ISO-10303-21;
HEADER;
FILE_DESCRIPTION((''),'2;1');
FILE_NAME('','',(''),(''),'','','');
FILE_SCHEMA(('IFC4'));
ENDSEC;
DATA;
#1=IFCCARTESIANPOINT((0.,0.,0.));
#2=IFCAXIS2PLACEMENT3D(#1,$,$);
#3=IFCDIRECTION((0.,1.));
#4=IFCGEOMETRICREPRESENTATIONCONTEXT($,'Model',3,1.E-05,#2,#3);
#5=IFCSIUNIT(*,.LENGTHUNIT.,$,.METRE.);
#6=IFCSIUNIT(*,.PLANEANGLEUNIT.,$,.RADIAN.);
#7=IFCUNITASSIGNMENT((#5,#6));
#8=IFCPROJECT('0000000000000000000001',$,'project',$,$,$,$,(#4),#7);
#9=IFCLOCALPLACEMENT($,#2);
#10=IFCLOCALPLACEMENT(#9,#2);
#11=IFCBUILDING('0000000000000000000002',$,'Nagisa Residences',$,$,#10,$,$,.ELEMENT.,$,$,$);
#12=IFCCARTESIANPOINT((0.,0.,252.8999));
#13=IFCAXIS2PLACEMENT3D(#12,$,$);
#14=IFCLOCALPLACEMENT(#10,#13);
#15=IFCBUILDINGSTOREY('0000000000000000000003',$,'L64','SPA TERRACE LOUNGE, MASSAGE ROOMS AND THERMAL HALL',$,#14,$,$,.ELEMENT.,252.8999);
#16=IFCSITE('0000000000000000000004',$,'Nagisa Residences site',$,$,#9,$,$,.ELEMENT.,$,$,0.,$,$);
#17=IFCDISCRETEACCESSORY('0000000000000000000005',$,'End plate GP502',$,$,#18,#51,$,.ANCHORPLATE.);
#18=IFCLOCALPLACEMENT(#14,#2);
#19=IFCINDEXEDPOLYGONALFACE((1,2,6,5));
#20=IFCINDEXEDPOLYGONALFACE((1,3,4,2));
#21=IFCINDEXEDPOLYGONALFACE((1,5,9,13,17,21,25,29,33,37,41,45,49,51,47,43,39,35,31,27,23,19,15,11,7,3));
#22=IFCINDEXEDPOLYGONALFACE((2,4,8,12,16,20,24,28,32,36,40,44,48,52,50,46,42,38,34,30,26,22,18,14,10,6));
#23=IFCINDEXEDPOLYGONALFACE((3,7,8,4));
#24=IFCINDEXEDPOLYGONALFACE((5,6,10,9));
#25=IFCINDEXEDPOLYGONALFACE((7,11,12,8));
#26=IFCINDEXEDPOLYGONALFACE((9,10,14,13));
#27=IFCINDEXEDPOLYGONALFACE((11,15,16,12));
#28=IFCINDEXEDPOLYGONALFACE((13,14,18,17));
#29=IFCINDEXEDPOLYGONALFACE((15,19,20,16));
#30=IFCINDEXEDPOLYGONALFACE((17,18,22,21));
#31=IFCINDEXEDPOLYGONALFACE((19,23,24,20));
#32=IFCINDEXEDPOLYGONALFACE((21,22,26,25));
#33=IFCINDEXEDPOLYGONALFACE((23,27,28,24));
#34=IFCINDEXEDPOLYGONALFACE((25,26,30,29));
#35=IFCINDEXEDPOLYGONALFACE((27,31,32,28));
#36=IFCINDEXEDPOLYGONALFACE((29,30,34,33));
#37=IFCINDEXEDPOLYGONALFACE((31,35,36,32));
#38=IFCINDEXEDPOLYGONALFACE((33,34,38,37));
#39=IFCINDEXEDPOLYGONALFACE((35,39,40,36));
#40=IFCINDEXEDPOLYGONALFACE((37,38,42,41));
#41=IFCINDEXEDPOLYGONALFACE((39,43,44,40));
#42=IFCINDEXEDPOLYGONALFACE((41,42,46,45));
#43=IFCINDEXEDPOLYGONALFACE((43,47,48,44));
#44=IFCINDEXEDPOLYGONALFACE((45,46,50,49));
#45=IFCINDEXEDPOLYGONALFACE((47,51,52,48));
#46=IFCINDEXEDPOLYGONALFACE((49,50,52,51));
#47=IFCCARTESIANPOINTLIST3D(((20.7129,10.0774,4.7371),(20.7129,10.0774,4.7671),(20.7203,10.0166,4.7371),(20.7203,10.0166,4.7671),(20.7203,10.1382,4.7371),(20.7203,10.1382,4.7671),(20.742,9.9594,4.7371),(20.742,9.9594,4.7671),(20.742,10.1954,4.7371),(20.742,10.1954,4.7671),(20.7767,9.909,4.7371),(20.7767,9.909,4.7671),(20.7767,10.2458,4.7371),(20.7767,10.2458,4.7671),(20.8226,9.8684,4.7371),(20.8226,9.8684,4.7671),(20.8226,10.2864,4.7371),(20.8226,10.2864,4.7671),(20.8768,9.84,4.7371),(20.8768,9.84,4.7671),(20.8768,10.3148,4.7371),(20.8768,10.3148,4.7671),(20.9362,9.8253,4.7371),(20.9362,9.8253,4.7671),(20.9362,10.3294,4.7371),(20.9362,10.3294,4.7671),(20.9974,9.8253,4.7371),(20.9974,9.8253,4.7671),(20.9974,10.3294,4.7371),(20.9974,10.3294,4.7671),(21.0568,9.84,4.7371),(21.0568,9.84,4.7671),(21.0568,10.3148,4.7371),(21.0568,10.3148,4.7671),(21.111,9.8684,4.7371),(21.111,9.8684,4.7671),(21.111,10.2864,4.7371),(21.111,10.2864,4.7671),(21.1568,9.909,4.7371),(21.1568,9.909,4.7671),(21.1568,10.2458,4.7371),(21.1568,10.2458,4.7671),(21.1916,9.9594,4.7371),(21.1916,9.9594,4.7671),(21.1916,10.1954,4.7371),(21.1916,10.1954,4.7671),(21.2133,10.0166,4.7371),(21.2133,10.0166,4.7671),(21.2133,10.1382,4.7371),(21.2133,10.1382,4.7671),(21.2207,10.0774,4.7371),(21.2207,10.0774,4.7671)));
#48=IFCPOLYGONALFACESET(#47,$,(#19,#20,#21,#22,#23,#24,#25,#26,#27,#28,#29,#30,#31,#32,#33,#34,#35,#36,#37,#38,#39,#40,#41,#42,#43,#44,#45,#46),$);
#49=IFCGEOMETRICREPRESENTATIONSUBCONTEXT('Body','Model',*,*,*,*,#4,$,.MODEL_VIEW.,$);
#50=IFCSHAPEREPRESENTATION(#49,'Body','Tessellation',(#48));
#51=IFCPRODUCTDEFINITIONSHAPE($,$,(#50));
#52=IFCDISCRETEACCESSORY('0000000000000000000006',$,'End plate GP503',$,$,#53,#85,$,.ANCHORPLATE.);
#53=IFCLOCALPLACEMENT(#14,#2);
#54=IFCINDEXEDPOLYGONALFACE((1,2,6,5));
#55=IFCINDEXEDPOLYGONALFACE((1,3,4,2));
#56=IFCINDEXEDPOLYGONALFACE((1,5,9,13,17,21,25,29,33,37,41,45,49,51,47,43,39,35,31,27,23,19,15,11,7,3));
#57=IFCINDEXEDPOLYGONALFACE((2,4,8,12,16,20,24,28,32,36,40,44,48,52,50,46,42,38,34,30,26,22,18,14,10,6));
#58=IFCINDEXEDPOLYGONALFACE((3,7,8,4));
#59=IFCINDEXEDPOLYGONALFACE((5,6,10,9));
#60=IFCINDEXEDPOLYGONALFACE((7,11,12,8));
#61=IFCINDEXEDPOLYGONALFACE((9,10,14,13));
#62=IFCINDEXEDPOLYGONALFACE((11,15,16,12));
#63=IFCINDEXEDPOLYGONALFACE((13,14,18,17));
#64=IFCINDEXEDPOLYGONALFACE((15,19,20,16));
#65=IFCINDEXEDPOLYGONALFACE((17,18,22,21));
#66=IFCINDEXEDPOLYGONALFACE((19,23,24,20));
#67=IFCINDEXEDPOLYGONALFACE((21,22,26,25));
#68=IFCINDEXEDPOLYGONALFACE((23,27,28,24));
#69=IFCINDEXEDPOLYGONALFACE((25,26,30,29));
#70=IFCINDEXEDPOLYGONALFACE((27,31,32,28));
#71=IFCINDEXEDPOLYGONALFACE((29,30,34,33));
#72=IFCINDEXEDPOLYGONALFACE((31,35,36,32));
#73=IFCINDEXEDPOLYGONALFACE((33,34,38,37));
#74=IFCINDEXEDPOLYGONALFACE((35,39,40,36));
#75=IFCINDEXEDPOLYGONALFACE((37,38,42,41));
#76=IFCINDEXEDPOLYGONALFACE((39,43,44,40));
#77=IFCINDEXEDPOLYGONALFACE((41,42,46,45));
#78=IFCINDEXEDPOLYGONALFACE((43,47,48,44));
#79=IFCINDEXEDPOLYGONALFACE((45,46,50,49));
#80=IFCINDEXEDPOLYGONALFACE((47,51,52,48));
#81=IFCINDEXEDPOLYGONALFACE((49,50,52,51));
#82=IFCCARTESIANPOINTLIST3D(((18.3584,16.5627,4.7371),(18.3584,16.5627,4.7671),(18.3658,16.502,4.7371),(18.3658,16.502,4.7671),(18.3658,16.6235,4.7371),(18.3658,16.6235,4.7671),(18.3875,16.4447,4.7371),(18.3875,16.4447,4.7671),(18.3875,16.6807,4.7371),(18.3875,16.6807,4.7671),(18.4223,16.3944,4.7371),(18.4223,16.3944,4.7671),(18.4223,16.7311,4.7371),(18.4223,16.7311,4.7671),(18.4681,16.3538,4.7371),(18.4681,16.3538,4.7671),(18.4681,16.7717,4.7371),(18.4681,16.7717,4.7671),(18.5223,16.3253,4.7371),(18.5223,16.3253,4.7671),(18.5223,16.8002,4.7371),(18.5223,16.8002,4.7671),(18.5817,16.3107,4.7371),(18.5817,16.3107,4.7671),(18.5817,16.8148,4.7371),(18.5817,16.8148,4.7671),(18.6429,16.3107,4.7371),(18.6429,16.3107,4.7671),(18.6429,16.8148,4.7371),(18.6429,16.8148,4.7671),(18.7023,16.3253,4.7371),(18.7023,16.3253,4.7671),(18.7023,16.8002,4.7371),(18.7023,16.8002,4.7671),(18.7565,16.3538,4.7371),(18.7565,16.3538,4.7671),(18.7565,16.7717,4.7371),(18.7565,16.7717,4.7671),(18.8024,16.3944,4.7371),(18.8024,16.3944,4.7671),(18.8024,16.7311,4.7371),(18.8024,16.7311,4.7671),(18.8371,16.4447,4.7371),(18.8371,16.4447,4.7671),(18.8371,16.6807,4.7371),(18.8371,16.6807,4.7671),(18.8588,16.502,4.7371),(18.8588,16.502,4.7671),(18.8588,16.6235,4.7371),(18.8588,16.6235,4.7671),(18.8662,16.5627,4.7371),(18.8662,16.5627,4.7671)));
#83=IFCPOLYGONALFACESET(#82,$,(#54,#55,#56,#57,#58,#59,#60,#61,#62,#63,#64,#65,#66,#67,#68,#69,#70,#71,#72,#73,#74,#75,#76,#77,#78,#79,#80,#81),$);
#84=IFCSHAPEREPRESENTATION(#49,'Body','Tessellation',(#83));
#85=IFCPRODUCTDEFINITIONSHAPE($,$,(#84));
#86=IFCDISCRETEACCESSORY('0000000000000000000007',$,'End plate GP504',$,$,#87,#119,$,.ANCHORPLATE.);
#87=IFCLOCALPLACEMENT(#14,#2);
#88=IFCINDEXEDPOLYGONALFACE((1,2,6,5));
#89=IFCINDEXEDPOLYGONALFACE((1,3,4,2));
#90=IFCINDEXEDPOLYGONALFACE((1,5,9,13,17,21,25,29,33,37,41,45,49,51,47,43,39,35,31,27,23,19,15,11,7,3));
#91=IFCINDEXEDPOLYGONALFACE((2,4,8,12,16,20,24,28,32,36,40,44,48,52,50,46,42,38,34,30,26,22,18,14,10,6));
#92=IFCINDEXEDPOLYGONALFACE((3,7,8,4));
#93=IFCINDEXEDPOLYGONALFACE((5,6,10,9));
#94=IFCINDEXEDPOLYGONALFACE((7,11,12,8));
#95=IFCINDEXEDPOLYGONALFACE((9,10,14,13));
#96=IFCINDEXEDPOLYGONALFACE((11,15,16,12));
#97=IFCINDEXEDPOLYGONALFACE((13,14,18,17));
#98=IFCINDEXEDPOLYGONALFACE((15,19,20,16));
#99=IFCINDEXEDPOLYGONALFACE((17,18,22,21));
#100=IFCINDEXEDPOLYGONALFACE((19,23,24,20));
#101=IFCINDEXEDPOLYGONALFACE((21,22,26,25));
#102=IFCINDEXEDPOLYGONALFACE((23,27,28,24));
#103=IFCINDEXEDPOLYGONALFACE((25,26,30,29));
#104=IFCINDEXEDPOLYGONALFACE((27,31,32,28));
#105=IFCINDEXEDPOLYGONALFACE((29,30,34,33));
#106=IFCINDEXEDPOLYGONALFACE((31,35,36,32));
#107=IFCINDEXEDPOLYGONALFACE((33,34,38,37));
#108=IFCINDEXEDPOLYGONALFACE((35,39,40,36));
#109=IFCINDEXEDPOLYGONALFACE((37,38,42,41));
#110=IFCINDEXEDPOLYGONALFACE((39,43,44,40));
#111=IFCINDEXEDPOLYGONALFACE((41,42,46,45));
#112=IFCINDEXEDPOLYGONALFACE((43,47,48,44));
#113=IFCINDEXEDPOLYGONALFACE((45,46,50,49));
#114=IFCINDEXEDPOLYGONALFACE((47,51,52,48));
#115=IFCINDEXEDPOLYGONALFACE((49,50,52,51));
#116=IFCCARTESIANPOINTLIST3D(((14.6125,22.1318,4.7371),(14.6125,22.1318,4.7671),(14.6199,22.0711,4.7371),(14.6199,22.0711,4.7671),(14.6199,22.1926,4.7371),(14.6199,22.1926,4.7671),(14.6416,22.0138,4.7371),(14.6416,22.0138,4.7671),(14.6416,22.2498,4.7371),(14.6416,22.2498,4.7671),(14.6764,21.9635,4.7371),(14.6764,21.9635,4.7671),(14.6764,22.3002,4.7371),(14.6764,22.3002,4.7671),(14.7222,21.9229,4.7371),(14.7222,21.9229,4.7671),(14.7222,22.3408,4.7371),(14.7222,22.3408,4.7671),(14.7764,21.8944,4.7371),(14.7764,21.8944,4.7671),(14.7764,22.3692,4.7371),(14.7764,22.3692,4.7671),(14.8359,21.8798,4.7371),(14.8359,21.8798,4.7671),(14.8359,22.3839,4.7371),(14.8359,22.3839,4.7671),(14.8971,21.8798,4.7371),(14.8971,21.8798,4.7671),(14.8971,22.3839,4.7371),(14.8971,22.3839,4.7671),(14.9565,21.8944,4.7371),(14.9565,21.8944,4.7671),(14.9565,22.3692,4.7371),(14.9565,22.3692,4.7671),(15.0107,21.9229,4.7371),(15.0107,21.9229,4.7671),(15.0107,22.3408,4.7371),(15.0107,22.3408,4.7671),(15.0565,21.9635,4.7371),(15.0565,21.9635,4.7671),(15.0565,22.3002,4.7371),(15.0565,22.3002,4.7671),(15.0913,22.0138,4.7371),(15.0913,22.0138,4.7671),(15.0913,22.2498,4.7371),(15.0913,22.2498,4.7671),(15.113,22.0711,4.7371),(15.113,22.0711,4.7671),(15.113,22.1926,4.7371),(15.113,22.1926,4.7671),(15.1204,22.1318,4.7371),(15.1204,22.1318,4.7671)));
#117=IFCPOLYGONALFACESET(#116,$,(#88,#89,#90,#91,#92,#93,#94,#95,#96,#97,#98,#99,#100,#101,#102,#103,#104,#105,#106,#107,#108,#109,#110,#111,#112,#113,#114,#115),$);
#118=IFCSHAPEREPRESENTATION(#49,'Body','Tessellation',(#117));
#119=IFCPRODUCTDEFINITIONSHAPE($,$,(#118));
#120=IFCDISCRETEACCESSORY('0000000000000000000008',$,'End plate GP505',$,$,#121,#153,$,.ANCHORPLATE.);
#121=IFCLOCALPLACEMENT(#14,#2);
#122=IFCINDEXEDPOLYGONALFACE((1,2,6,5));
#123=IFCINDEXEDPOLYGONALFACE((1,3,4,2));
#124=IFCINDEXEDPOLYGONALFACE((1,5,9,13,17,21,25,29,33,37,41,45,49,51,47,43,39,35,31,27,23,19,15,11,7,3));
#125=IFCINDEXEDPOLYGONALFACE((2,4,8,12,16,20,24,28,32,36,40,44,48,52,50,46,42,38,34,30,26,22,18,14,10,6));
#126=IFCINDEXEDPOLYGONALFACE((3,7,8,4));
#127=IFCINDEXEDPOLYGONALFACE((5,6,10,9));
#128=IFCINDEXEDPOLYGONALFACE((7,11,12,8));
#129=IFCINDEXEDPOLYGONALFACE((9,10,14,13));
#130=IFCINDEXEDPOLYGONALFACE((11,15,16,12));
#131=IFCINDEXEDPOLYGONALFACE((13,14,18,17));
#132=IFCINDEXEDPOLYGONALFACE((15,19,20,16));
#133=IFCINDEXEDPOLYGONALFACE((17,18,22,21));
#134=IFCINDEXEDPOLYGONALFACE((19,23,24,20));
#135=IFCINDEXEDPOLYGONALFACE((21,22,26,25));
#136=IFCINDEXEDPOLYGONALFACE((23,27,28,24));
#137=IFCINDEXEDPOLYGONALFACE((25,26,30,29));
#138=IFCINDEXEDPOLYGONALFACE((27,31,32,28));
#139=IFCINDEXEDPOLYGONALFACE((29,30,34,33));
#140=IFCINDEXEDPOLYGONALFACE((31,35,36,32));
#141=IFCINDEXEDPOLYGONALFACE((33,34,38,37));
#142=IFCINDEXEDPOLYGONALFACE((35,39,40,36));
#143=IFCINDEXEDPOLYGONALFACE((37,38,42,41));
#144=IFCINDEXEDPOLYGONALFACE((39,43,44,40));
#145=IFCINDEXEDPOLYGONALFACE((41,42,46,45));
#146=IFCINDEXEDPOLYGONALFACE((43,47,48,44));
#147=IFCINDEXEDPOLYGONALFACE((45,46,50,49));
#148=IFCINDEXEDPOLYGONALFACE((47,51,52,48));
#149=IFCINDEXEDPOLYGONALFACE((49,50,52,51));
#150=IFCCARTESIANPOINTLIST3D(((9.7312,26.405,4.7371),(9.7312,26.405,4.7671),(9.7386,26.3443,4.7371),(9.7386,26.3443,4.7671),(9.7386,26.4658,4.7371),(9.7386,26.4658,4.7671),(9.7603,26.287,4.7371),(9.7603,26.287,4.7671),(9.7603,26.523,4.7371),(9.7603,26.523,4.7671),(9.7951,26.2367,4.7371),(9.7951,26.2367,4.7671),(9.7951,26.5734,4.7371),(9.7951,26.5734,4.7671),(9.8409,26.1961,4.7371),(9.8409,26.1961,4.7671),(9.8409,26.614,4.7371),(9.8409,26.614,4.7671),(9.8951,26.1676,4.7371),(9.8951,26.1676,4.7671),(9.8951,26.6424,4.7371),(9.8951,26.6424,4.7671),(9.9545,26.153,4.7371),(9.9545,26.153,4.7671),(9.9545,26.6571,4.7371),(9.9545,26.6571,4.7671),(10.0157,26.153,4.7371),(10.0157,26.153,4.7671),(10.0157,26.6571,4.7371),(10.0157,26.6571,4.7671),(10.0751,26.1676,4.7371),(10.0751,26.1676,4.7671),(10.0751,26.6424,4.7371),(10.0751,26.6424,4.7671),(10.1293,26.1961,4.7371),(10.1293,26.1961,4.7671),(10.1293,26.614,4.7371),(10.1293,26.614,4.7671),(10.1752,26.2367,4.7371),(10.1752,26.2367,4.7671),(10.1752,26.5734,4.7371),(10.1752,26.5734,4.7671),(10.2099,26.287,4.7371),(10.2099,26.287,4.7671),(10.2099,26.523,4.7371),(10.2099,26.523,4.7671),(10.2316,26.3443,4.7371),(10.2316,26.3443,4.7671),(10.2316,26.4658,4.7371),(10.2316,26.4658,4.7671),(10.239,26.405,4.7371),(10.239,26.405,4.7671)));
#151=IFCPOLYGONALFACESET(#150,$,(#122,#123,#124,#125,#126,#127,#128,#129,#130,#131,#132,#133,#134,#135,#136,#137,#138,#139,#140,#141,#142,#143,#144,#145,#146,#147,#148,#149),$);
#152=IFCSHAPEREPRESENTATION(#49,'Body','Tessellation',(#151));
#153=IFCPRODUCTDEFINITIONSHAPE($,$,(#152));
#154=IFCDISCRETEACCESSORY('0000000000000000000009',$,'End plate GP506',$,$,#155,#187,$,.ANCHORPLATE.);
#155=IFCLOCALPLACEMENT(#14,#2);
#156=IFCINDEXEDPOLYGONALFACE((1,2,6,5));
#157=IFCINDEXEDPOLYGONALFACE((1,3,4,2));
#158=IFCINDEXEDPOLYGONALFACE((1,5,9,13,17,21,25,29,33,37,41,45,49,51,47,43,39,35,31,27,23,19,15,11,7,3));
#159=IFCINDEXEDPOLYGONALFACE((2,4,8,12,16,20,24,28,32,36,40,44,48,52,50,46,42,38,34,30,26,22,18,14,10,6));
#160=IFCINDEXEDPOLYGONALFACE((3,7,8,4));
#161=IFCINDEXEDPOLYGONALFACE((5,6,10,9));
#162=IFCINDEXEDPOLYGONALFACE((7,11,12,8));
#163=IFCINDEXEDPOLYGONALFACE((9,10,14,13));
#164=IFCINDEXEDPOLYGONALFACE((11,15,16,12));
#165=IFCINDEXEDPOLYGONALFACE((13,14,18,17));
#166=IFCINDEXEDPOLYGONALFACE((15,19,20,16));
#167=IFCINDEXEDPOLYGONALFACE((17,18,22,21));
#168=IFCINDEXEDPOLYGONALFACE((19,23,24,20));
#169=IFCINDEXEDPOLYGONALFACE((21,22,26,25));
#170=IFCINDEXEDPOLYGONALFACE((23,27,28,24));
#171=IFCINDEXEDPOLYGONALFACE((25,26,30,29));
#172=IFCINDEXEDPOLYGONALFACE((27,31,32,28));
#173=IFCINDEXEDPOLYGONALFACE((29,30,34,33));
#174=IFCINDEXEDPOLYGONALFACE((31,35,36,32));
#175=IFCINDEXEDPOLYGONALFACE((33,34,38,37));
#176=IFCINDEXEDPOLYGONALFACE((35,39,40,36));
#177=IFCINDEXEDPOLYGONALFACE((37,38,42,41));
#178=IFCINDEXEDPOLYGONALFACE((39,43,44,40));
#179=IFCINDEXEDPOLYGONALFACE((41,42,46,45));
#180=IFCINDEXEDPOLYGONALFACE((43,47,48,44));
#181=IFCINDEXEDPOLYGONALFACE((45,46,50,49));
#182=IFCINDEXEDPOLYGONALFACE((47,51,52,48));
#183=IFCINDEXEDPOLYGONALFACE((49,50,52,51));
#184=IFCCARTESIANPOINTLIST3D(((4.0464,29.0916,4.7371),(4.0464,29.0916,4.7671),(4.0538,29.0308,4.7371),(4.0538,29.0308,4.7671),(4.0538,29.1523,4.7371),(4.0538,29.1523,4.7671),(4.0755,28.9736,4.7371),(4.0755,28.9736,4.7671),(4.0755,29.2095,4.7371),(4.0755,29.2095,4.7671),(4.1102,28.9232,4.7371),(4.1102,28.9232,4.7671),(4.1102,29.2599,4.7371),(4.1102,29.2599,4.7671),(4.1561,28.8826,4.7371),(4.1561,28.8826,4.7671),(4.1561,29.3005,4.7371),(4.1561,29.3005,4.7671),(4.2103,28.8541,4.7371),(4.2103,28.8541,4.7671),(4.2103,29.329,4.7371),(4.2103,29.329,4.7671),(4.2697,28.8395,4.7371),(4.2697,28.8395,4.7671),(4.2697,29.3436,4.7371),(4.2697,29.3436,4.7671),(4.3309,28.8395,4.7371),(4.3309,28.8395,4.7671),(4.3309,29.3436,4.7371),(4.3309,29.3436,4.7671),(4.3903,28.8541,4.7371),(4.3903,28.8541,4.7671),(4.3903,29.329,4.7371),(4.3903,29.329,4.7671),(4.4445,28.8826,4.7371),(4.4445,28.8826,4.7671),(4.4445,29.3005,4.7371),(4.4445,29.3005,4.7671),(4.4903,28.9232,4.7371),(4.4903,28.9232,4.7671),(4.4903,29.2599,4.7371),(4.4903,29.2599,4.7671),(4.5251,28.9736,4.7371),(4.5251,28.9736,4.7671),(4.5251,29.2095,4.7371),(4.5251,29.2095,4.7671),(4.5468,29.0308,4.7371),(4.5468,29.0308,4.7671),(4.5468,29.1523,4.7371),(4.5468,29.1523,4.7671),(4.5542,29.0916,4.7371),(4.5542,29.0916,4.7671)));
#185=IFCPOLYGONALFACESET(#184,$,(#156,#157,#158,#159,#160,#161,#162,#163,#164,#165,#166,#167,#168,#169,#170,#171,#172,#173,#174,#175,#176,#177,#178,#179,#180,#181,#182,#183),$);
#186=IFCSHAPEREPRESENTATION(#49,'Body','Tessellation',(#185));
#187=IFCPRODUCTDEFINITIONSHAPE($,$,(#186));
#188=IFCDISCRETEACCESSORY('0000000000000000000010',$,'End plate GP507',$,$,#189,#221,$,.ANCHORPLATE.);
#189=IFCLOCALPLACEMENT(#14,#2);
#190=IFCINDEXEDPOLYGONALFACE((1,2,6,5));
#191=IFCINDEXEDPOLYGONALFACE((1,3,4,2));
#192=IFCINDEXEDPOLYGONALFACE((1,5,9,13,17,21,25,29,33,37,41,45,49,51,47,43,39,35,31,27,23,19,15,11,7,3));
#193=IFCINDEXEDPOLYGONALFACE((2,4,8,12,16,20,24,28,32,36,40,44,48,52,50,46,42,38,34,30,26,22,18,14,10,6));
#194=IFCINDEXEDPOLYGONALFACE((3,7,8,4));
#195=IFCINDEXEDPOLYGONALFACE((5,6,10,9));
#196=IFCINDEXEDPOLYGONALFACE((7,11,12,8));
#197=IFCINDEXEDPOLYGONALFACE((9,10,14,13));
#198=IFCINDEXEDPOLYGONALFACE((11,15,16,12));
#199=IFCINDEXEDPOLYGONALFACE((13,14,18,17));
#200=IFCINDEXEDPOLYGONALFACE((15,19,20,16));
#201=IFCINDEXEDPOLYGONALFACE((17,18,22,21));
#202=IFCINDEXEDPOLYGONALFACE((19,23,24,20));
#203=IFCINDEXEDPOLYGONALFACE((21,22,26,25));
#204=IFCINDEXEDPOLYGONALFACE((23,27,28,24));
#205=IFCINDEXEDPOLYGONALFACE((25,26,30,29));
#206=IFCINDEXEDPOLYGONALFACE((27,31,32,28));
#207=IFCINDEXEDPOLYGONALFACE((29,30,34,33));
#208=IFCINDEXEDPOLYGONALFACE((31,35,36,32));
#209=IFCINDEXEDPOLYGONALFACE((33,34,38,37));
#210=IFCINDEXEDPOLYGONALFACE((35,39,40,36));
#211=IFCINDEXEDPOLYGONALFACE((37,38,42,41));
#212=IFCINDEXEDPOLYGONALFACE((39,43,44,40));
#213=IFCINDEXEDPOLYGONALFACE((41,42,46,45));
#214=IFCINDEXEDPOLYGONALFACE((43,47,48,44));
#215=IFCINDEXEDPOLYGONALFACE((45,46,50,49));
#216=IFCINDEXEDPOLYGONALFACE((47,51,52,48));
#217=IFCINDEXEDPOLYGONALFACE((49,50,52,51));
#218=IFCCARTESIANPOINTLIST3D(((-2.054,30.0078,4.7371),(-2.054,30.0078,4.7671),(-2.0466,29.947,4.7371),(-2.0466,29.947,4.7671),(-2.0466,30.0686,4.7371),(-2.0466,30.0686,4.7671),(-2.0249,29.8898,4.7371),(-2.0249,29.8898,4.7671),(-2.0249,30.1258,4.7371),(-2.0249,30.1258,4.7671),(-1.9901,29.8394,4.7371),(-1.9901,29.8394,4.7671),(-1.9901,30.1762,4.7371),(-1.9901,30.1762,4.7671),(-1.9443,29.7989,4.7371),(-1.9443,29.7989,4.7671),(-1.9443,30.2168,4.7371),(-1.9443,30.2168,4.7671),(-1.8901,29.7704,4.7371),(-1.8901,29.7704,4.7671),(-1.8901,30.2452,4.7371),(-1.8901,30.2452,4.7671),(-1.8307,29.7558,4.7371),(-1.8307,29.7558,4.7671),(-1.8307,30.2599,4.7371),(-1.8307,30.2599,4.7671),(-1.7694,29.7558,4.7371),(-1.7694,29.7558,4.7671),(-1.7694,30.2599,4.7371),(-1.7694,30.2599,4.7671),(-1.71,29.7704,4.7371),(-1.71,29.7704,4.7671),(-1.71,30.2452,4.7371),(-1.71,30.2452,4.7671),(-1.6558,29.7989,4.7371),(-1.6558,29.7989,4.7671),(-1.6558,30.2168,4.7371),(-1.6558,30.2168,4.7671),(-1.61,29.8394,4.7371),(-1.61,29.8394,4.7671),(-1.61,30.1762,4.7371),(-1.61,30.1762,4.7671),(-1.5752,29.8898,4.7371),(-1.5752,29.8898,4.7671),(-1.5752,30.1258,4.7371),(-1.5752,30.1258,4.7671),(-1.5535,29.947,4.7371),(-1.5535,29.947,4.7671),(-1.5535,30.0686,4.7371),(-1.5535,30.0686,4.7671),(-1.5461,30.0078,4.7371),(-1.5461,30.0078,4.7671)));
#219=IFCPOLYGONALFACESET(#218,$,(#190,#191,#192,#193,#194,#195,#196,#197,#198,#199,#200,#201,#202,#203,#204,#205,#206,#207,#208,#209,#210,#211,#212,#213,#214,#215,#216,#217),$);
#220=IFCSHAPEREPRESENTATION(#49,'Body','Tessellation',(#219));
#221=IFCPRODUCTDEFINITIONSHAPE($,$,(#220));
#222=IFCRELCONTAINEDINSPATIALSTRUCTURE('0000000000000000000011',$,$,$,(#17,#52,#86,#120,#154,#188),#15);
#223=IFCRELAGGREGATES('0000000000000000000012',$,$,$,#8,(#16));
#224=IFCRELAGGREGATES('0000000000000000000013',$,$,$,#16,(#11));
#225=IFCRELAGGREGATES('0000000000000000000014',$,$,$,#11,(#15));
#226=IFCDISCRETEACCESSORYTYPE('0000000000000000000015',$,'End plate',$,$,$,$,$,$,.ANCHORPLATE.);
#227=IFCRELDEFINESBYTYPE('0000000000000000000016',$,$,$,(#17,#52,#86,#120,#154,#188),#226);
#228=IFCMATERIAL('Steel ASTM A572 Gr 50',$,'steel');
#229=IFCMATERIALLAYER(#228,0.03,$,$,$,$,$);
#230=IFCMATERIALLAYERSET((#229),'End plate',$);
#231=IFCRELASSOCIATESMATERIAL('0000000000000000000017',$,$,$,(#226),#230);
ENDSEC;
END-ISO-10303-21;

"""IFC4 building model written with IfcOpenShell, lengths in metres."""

from ifc_helpers import new_model, si_unit, direction, frame, origin, origin_2d, place, context, subcontext, project, spatial, circle, extrude, material, layer, layer_set, type_object, element, save


model = new_model("IFC4")

# Units and contexts
model_context = context("Model", 3, precision=1e-05, world=origin(), true_north=direction((0.0, 1.0)))
body_context = subcontext(model_context, "Body", "Model", "MODEL_VIEW")
ifc_project = project(units=[si_unit("LENGTHUNIT", "METRE"), si_unit("PLANEANGLEUNIT", "RADIAN")], contexts=[model_context])

# Site, building, storey
site_placement = place(None, origin())
site = spatial("IfcSite", under=ifc_project, at=site_placement, Name="Nagisa Residences site", CompositionType="ELEMENT", RefElevation=0.0)
building_placement = place(site_placement, origin())
building = spatial("IfcBuilding", under=site, at=building_placement, Name="Nagisa Residences", CompositionType="ELEMENT")
storey_placement = place(building_placement, frame((0.0, 0.0, 252.8999)))
storey = spatial("IfcBuildingStorey", under=building, at=storey_placement, Name="L64", Description="SPA TERRACE LOUNGE, MASSAGE ROOMS AND THERMAL HALL", CompositionType="ELEMENT", Elevation=252.8999)

# Discrete accessories
ifc_material_1 = material(Name="Steel ASTM A572 Gr 50", Category="steel")
ifc_layer_1 = layer(ifc_material_1, 0.03)
ifc_layer_set_1 = layer_set([ifc_layer_1], Name="End plate")
discrete_accessory_type_1 = type_object("IfcDiscreteAccessoryType", Name="End plate", PredefinedType="ANCHORPLATE", material=ifc_layer_set_1)
for number, where, z_axis, x_axis, name in (
    (1, (20.9668, 10.0774, 4.7371), (0.0, 0.0, 1.0), (1.0, 0.0, 0.0), "End plate GP502"),
    (2, (18.6123, 16.5627, 4.7371), (0.0, 0.0, 1.0), (1.0, 0.0, 0.0), "End plate GP503"),
    (3, (14.8665, 22.1318, 4.7371), (0.0, 0.0, 1.0), (1.0, 0.0, 0.0), "End plate GP504"),
    (4, (9.9851, 26.405, 4.7371), (0.0, 0.0, 1.0), (1.0, 0.0, 0.0), "End plate GP505"),
    (5, (4.3003, 29.0916, 4.7371), (0.0, 0.0, 1.0), (1.0, 0.0, 0.0), "End plate GP506"),
    (6, (-1.8, 30.0078, 4.7371), (0.0, 0.0, 1.0), (1.0, 0.0, 0.0), "End plate GP507"),
):
    element("IfcDiscreteAccessory", number, at=place(storey_placement, frame(where, z_axis=z_axis, x_axis=x_axis)), inside=storey, type_object=discrete_accessory_type_1, Name=name, PredefinedType="ANCHORPLATE", context=body_context, shape_type="SweptSolid", body=[
        extrude(circle(Radius=0.2539, at=origin_2d()), origin(), (0.0, 0.0, 1.0), 0.03),
    ])

save(model, "model.ifc")
